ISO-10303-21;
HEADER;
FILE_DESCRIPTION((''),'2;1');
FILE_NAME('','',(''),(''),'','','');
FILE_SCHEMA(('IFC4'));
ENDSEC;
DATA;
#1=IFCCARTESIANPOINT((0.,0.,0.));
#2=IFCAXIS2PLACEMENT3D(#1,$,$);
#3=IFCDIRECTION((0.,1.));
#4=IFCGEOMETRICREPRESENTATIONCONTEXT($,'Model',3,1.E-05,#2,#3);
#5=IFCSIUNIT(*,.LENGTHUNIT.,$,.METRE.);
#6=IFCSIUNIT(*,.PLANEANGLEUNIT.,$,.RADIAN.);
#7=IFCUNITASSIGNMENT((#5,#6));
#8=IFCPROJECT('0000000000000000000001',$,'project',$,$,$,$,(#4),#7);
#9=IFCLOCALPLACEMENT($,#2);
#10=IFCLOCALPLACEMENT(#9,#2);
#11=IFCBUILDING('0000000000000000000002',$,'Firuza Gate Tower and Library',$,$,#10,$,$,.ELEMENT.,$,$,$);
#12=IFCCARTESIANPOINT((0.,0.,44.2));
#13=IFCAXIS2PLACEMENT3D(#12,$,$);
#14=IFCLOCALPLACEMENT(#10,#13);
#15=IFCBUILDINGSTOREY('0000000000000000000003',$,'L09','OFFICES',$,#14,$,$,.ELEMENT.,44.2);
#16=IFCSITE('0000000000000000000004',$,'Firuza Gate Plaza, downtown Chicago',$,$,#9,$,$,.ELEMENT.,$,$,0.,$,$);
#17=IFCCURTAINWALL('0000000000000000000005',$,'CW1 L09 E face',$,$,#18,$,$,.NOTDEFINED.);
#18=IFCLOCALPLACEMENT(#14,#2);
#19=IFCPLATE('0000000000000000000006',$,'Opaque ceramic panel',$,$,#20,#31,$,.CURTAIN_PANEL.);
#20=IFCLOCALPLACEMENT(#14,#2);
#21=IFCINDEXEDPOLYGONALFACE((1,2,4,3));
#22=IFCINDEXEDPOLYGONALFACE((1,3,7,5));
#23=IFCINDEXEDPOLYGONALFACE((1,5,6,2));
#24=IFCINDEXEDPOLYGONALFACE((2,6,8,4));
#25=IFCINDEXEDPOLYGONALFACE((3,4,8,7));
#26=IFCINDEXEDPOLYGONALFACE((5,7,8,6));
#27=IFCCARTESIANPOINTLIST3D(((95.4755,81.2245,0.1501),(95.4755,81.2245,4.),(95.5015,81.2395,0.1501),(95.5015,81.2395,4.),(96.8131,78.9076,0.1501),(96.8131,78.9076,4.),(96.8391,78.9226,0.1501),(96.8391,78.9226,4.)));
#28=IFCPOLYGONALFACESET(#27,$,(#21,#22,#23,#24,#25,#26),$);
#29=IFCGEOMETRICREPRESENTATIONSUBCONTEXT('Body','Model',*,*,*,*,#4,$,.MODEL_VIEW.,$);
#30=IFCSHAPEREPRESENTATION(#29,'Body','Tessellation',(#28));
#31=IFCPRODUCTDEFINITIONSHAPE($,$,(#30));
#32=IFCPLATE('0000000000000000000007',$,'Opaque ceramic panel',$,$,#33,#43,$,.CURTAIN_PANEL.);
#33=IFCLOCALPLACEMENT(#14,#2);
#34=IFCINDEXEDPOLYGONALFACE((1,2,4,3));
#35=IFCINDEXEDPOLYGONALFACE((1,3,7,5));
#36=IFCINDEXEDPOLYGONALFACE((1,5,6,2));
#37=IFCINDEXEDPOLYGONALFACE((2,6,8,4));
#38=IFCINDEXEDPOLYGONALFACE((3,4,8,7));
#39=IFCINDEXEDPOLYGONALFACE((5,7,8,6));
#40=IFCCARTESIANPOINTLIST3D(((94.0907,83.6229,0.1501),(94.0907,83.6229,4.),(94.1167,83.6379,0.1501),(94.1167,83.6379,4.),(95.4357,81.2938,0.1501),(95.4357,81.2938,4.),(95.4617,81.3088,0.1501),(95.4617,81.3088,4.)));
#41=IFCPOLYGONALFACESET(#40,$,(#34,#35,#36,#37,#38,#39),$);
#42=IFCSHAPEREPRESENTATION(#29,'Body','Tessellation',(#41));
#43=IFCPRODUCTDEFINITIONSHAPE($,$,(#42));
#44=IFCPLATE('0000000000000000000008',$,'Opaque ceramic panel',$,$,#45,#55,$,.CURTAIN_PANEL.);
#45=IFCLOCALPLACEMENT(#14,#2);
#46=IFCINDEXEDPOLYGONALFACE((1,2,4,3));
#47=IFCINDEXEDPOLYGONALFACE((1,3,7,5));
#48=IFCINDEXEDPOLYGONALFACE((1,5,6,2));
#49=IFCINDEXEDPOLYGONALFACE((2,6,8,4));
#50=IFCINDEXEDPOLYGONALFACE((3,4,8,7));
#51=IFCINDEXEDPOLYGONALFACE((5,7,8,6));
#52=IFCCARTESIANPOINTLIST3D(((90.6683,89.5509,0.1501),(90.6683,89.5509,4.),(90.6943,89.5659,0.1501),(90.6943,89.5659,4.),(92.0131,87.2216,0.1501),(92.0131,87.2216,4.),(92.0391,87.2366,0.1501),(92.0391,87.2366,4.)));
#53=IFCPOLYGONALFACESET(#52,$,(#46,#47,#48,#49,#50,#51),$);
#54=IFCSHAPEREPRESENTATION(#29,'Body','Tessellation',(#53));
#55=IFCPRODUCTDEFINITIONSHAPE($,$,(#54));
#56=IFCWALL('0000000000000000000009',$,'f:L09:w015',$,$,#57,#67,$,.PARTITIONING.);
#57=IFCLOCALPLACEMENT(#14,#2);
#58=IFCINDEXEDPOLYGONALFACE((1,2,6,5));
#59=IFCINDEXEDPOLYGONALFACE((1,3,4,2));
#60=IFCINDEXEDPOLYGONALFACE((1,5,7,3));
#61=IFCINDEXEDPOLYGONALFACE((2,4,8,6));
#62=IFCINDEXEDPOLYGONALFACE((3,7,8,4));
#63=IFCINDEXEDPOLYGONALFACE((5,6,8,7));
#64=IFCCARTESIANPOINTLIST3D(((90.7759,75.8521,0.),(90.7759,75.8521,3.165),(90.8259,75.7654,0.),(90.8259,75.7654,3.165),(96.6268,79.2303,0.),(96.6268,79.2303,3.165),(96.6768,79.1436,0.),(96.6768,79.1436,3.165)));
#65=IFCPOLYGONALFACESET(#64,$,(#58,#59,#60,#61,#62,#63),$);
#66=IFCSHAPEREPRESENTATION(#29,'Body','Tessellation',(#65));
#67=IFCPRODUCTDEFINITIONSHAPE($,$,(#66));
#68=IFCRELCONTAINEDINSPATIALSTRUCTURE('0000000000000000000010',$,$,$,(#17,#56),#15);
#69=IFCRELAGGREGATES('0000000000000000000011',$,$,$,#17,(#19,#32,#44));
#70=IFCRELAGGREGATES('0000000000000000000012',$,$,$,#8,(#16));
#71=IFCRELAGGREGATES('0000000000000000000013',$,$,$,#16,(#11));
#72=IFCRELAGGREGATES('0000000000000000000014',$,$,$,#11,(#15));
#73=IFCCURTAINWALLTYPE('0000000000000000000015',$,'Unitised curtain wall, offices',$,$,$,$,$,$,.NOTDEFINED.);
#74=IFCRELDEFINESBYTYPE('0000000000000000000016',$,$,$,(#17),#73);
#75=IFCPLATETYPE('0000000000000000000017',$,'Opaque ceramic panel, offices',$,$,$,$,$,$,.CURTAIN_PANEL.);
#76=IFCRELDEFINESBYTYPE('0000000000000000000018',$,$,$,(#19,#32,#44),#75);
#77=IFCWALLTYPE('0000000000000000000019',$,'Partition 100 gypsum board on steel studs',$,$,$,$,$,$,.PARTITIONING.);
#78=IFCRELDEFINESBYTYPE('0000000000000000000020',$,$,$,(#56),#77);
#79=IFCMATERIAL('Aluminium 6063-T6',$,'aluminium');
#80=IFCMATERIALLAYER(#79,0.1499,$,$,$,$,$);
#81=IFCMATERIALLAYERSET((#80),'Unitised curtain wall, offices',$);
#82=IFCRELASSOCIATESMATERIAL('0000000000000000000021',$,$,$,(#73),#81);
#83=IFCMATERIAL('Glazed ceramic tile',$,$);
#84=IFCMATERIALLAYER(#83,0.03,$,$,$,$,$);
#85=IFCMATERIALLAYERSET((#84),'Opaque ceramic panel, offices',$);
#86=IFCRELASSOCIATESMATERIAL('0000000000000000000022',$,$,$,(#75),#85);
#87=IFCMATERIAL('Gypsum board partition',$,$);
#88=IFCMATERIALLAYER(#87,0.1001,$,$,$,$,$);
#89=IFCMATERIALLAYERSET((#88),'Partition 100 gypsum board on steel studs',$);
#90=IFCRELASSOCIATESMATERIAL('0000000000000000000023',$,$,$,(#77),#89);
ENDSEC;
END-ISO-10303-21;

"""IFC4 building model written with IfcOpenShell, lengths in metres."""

from ifc_helpers import new_model, si_unit, direction, frame, frame_2d, origin, place, context, subcontext, project, spatial, polyline, rectangle, outline, extrude, material, layer, layer_set, type_object, element, aggregate, save


model = new_model("IFC4")

# Units and contexts
model_context = context("Model", 3, precision=1e-05, world=origin(), true_north=direction((0.0, 1.0)))
body_context = subcontext(model_context, "Body", "Model", "MODEL_VIEW")
ifc_project = project(units=[si_unit("LENGTHUNIT", "METRE"), si_unit("PLANEANGLEUNIT", "RADIAN")], contexts=[model_context])

# Site, building, storey
site_placement = place(None, origin())
site = spatial("IfcSite", under=ifc_project, at=site_placement, Name="Firuza Gate Plaza, downtown Chicago", CompositionType="ELEMENT", RefElevation=0.0)
building_placement = place(site_placement, origin())
building = spatial("IfcBuilding", under=site, at=building_placement, Name="Firuza Gate Tower and Library", CompositionType="ELEMENT")
storey_placement = place(building_placement, frame((0.0, 0.0, 44.2)))
storey = spatial("IfcBuildingStorey", under=building, at=storey_placement, Name="L09", Description="OFFICES", CompositionType="ELEMENT", Elevation=44.2)

# Curtain wall
ifc_material_1 = material(Name="Aluminium 6063-T6", Category="aluminium")
ifc_layer_1 = layer(ifc_material_1, 0.1499)
ifc_layer_set_1 = layer_set([ifc_layer_1], Name="Unitised curtain wall, offices")
curtain_wall_type = type_object("IfcCurtainWallType", Name="Unitised curtain wall, offices", PredefinedType="NOTDEFINED", material=ifc_layer_set_1)
curtain_wall_placement = place(storey_placement, origin())
curtain_wall = element("IfcCurtainWall", 1, at=curtain_wall_placement, inside=storey, type_object=curtain_wall_type, Name="CW1 L09 E face", PredefinedType="NOTDEFINED")

# Plates
ifc_material_2 = material(Name="Glazed ceramic tile")
ifc_layer_2 = layer(ifc_material_2, 0.03)
ifc_layer_set_2 = layer_set([ifc_layer_2], Name="Opaque ceramic panel, offices")
plate_type_1 = type_object("IfcPlateType", Name="Opaque ceramic panel, offices", PredefinedType="CURTAIN_PANEL", material=ifc_layer_set_2)
plate_1_placement = place(storey_placement, frame((96.8391, 78.9226, 0.1501), z_axis=(0.866028, 0.499996, 0.0), x_axis=(-0.499996, 0.866028, 0.0)))
plate_1 = element("IfcPlate", 2, at=plate_1_placement, type_object=plate_type_1, Name="Opaque ceramic panel", PredefinedType="CURTAIN_PANEL", context=body_context, shape_type="SweptSolid", body=[
    extrude(outline(polyline([(0.0, 0.0), (2.6753, 0.0), (2.6753, 3.8499), (0.0, 3.8499), (0.0, 0.0)])), origin(), (0.0, 0.0, -1.0), 0.03),
])
plate_2_placement = place(storey_placement, frame((95.4617, 81.3088, 0.1501), z_axis=(0.865983, 0.500073, 0.0), x_axis=(-0.500073, 0.865983, 0.0)))
plate_2 = element("IfcPlate", 3, at=plate_2_placement, type_object=plate_type_1, Name="Opaque ceramic panel", PredefinedType="CURTAIN_PANEL", context=body_context, shape_type="SweptSolid", body=[
    extrude(outline(polyline([(0.0, 0.0), (2.6895, 0.0), (2.6895, 3.8499), (0.0, 3.8499), (0.0, 0.0)])), origin(), (0.0, 0.0, -1.0), 0.03),
])
plate_3_placement = place(storey_placement, frame((92.0391, 87.2366, 0.1501), z_axis=(0.866045, 0.499966, 0.0), x_axis=(-0.499966, 0.866045, 0.0)))
plate_3 = element("IfcPlate", 4, at=plate_3_placement, type_object=plate_type_1, Name="Opaque ceramic panel", PredefinedType="CURTAIN_PANEL", context=body_context, shape_type="SweptSolid", body=[
    extrude(outline(polyline([(0.0, 0.0), (2.6896, 0.0), (2.6896, 3.8499), (0.0, 3.8499), (0.0, 0.0)])), origin(), (0.0, 0.0, -1.0), 0.03),
])
aggregate(curtain_wall, [plate_1, plate_2, plate_3])

# Wall
ifc_material_3 = material(Name="Gypsum board partition")
ifc_layer_3 = layer(ifc_material_3, 0.1001)
ifc_layer_set_3 = layer_set([ifc_layer_3], Name="Partition 100 gypsum board on steel studs")
wall_type = type_object("IfcWallType", Name="Partition 100 gypsum board on steel studs", PredefinedType="PARTITIONING", material=ifc_layer_set_3)
wall_placement = place(storey_placement, frame((90.801, 75.8088, 0.0), z_axis=(0.0, 0.0, 1.0), x_axis=(0.866013, 0.500022, 0.0)))
element("IfcWall", 5, at=wall_placement, inside=storey, type_object=wall_type, Name="f:L09:w015", PredefinedType="PARTITIONING", context=body_context, shape_type="SweptSolid", body=[
    extrude(rectangle(XDim=6.7561, YDim=0.1001, at=frame_2d((3.3779, 0.0))), origin(), (0.0, 0.0, 1.0), 3.165),
])

save(model, "model.ifc")
